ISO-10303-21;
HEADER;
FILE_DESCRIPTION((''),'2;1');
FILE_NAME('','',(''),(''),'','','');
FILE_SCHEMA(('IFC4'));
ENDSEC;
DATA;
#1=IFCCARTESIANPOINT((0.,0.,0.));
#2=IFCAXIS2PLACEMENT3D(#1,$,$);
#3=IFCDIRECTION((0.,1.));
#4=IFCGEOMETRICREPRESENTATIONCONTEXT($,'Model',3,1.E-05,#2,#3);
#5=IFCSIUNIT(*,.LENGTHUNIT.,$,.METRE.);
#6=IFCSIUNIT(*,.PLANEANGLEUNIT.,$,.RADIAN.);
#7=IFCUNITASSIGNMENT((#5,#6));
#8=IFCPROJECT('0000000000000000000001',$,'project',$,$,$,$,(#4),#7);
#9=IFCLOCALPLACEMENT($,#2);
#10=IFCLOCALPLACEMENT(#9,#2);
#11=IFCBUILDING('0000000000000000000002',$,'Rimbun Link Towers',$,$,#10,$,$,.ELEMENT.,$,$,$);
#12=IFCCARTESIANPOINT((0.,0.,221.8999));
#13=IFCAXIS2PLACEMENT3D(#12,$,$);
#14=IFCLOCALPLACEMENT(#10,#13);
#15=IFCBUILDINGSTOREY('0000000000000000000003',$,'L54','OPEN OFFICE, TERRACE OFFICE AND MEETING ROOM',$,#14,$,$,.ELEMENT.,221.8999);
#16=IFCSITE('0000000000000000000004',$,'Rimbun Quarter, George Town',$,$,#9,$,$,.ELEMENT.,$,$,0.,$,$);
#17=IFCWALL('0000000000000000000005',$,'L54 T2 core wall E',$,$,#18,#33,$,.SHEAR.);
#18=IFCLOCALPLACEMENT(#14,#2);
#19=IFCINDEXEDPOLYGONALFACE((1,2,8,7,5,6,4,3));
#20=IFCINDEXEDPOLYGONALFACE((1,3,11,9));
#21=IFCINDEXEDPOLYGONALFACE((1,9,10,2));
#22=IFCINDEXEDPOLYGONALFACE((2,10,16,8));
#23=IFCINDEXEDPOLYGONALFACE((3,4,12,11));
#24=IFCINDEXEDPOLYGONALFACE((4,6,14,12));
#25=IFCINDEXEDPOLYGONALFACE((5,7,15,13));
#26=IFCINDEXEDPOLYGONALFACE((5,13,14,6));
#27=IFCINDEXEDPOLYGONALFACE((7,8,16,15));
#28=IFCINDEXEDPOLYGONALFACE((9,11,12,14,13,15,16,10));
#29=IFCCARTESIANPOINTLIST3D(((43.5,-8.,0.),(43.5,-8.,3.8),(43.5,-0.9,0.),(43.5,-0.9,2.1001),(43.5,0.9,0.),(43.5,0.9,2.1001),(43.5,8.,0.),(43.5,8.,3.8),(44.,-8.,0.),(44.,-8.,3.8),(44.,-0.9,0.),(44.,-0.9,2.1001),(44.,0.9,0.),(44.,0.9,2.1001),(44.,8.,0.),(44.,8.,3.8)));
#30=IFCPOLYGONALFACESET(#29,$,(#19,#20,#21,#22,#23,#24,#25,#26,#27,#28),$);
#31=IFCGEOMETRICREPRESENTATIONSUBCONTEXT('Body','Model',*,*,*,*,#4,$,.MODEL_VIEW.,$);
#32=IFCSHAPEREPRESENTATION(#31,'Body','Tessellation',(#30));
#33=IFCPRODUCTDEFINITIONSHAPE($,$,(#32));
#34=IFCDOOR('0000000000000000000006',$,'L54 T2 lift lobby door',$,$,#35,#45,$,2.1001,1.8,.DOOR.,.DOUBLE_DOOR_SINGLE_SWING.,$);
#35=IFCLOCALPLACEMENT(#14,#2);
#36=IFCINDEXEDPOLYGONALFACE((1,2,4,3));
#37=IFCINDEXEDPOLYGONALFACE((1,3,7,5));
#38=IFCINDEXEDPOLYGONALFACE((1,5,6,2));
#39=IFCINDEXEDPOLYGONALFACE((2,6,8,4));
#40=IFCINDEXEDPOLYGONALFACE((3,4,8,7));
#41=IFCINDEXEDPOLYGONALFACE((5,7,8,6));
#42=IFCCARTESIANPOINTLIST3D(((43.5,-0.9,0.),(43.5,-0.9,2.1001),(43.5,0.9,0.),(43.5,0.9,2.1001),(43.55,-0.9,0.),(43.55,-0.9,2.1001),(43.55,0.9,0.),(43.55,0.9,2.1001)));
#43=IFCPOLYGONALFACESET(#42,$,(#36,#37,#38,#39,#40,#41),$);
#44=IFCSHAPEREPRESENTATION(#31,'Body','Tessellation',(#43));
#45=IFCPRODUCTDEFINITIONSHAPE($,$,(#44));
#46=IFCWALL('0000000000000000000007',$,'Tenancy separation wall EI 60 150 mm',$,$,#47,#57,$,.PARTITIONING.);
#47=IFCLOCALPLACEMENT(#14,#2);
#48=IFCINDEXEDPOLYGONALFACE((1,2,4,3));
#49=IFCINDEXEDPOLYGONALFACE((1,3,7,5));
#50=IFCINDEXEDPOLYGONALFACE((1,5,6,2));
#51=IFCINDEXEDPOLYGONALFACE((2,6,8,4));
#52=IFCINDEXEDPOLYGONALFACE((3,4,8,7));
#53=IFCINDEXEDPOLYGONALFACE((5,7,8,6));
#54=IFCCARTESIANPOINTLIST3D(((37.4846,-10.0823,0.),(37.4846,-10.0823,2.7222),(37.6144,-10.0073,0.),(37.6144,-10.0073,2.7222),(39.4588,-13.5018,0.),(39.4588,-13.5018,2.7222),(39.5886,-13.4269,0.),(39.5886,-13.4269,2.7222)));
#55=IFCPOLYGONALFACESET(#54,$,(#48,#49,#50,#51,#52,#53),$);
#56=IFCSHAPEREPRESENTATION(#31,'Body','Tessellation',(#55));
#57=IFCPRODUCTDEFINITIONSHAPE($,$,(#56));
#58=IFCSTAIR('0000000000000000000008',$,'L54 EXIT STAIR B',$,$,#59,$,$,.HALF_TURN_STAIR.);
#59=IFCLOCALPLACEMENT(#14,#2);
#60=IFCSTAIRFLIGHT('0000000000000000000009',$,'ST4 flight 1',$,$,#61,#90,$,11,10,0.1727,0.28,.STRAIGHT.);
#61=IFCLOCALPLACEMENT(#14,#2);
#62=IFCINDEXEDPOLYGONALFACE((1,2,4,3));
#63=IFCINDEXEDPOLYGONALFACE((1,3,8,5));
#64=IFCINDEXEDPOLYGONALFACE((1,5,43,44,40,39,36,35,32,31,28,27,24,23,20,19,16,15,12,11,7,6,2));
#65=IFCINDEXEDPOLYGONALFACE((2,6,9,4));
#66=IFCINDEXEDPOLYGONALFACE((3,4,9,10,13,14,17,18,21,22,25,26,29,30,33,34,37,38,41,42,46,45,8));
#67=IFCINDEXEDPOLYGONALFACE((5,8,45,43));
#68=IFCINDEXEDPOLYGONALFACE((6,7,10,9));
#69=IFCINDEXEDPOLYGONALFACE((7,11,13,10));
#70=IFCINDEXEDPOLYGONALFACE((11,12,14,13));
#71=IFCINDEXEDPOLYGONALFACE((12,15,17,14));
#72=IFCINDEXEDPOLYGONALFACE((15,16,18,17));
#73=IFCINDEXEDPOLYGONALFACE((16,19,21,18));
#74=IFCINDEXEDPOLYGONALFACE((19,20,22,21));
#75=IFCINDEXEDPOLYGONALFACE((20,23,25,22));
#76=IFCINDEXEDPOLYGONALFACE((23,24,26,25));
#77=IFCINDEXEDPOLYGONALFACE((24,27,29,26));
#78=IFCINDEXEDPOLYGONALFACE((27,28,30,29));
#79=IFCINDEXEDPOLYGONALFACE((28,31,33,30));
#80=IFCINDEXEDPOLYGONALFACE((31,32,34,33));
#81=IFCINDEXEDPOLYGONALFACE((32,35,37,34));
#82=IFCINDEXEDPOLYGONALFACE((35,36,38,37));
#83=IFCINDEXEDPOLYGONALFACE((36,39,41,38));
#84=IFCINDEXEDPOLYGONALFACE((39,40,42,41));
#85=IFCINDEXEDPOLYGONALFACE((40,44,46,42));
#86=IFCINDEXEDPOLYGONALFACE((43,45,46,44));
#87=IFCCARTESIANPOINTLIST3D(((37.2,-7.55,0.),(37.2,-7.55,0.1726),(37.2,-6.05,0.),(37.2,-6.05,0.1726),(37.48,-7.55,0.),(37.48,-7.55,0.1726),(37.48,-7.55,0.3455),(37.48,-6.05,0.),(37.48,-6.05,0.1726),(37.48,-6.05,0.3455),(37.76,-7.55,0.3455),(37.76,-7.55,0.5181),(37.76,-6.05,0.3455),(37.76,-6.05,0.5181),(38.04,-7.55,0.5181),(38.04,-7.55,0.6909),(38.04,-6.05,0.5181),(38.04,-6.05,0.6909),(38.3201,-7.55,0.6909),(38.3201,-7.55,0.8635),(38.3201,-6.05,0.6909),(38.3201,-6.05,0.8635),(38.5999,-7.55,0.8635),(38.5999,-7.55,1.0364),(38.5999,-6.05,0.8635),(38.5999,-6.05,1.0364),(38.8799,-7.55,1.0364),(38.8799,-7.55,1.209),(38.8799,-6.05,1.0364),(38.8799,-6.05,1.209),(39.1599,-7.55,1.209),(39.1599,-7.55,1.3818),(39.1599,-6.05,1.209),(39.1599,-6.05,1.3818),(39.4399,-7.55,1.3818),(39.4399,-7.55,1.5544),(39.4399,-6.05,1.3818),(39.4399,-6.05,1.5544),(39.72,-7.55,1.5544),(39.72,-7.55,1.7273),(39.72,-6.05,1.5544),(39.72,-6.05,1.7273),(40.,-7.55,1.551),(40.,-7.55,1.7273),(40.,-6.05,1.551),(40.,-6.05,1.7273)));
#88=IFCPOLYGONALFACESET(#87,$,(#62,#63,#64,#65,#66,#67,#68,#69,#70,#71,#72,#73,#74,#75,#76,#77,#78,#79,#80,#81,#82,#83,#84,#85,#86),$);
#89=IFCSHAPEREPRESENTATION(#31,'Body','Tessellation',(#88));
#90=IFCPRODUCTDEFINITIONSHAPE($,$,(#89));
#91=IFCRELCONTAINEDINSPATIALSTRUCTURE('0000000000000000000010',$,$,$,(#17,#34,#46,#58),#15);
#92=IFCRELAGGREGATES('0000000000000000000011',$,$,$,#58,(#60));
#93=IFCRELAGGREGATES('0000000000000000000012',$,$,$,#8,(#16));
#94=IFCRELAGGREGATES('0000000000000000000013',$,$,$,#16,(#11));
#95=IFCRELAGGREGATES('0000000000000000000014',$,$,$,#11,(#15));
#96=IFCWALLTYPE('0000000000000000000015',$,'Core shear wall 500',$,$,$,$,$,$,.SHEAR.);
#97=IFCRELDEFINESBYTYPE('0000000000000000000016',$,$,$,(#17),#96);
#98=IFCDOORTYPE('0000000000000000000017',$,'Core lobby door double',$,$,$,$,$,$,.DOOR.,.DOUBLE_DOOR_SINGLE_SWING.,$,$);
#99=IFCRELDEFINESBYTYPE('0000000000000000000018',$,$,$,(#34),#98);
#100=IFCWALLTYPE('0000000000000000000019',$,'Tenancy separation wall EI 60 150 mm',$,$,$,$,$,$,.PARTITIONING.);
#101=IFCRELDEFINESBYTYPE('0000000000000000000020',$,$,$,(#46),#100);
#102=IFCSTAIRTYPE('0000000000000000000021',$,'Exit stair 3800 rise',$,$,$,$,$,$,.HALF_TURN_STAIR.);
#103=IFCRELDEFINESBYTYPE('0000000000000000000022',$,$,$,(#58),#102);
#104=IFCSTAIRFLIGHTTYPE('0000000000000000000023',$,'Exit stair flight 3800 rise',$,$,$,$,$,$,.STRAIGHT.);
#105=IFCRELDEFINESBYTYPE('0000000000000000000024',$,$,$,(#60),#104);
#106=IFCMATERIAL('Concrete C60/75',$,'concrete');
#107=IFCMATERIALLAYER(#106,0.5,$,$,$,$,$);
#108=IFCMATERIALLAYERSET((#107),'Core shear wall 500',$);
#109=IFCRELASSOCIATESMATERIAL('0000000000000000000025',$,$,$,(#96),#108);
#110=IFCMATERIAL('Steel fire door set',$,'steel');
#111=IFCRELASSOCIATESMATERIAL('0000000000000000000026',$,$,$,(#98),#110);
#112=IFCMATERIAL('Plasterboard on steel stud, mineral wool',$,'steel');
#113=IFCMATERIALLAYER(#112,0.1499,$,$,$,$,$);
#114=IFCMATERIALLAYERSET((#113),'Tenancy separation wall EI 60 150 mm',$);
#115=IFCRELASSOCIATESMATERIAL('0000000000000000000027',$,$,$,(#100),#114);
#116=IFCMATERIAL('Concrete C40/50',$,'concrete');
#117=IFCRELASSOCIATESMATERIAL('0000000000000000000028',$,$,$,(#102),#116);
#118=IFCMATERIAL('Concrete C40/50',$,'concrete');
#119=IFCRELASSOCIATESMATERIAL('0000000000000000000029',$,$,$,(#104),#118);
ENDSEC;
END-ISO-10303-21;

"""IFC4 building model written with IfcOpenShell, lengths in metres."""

from ifc_helpers import new_model, si_unit, direction, frame, frame_2d, origin, place, context, subcontext, project, spatial, polyline, rectangle, outline, extrude, material, layer, layer_set, type_object, element, fill, aggregate, save


model = new_model("IFC4")

# Units and contexts
model_context = context("Model", 3, precision=1e-05, world=origin(), true_north=direction((0.0, 1.0)))
body_context = subcontext(model_context, "Body", "Model", "MODEL_VIEW")
ifc_project = project(units=[si_unit("LENGTHUNIT", "METRE"), si_unit("PLANEANGLEUNIT", "RADIAN")], contexts=[model_context])

# Site, building, storey
site_placement = place(None, origin())
site = spatial("IfcSite", under=ifc_project, at=site_placement, Name="Rimbun Quarter, George Town", CompositionType="ELEMENT", RefElevation=0.0)
building_placement = place(site_placement, origin())
building = spatial("IfcBuilding", under=site, at=building_placement, Name="Rimbun Link Towers", CompositionType="ELEMENT")
storey_placement = place(building_placement, frame((0.0, 0.0, 221.8999)))
storey = spatial("IfcBuildingStorey", under=building, at=storey_placement, Name="L54", Description="OPEN OFFICE, TERRACE OFFICE AND MEETING ROOM", CompositionType="ELEMENT", Elevation=221.8999)

# Wall, opening, door
ifc_material_1 = material(Name="Concrete C60/75", Category="concrete")
ifc_layer_1 = layer(ifc_material_1, 0.5)
ifc_layer_set_1 = layer_set([ifc_layer_1], Name="Core shear wall 500")
wall_type_1 = type_object("IfcWallType", Name="Core shear wall 500", PredefinedType="SHEAR", material=ifc_layer_set_1)
wall_1_placement = place(storey_placement, frame((43.75, -8.0, 0.0), z_axis=(0.0, 0.0, 1.0), x_axis=(0.0, 1.0, 0.0)))
wall_1 = element("IfcWall", 1, at=wall_1_placement, inside=storey, type_object=wall_type_1, Name="L54 T2 core wall E", PredefinedType="SHEAR", context=body_context, shape_type="SweptSolid", body=[
    extrude(rectangle(XDim=16.0, YDim=0.5, at=frame_2d((8.0, 0.0))), origin(), (0.0, 0.0, 1.0), 3.8),
])
opening_1_placement = place(wall_1_placement, frame((7.1001, 0.0, 0.0)))
opening_1 = element("IfcOpeningElement", 2, at=opening_1_placement, cuts=wall_1, PredefinedType="OPENING", context=body_context, shape_type="SweptSolid", body=[
    extrude(rectangle(XDim=1.8, YDim=2.1001, at=frame_2d((0.8999, 1.05))), frame((0.0, 0.26, 0.0), z_axis=(0.0, -1.0, 0.0), x_axis=(1.0, 0.0, 0.0)), (0.0, 0.0, 1.0), 0.52),
])
ifc_material_2 = material(Name="Steel fire door set", Category="steel")
door_type = type_object("IfcDoorType", Name="Core lobby door double", OperationType="DOUBLE_DOOR_SINGLE_SWING", PredefinedType="DOOR", material=ifc_material_2)
door_placement = place(opening_1_placement, origin())
door = element("IfcDoor", 3, at=door_placement, inside=storey, type_object=door_type, Name="L54 T2 lift lobby door", OperationType="DOUBLE_DOOR_SINGLE_SWING", OverallHeight=2.1001, OverallWidth=1.8, PredefinedType="DOOR", context=body_context, shape_type="SweptSolid", body=[
    extrude(rectangle(XDim=1.8, YDim=2.1001, at=frame_2d((0.8999, 1.05))), frame((0.0, 0.25, 0.0), z_axis=(0.0, -1.0, 0.0), x_axis=(1.0, 0.0, 0.0)), (0.0, 0.0, 1.0), 0.05),
])
fill(opening_1, door)

# Wall
ifc_material_3 = material(Name="Plasterboard on steel stud, mineral wool", Category="steel")
ifc_layer_2 = layer(ifc_material_3, 0.1499)
ifc_layer_set_2 = layer_set([ifc_layer_2], Name="Tenancy separation wall EI 60 150 mm")
wall_type_2 = type_object("IfcWallType", Name="Tenancy separation wall EI 60 150 mm", PredefinedType="PARTITIONING", material=ifc_layer_set_2)
wall_2_placement = place(storey_placement, frame((37.5496, -10.0449, 0.0), z_axis=(0.0, 0.0, 1.0), x_axis=(0.499983, -0.866035, 0.0)))
element("IfcWall", 4, at=wall_2_placement, inside=storey, type_object=wall_type_2, Name="Tenancy separation wall EI 60 150 mm", PredefinedType="PARTITIONING", context=body_context, shape_type="SweptSolid", body=[
    extrude(rectangle(XDim=3.9485, YDim=0.1499, at=frame_2d((1.9741, 0.0))), origin(), (0.0, 0.0, 1.0), 2.7222),
])

# Stair, stair flight
ifc_material_4 = material(Name="Concrete C40/50", Category="concrete")
stair_type = type_object("IfcStairType", Name="Exit stair 3800 rise", PredefinedType="HALF_TURN_STAIR", material=ifc_material_4)
stair_placement = place(storey_placement, origin())
stair = element("IfcStair", 5, at=stair_placement, inside=storey, type_object=stair_type, Name="L54 EXIT STAIR B", PredefinedType="HALF_TURN_STAIR")
ifc_material_5 = material(Name="Concrete C40/50", Category="concrete")
stair_flight_type = type_object("IfcStairFlightType", Name="Exit stair flight 3800 rise", PredefinedType="STRAIGHT", material=ifc_material_5)
stair_flight_placement = place(storey_placement, frame((37.2, -6.8, 0.0), z_axis=(0.0, 0.0, 1.0), x_axis=(1.0, 0.0, 0.0)))
stair_flight = element("IfcStairFlight", 6, at=stair_flight_placement, type_object=stair_flight_type, Name="ST4 flight 1", NumberOfRisers=11, NumberOfTreads=10, PredefinedType="STRAIGHT", RiserHeight=0.1727, TreadLength=0.28, context=body_context, shape_type="SweptSolid", body=[
    extrude(outline(polyline([(0.0, 0.0), (0.0, 0.1726), (0.28, 0.1726), (0.28, 0.3455), (0.5601, 0.3455), (0.5601, 0.5181), (0.8401, 0.5181), (0.8401, 0.6909), (1.1201, 0.6909), (1.1201, 0.8635), (1.3999, 0.8635), (1.3999, 1.0364), (1.6799, 1.0364), (1.6799, 1.209), (1.96, 1.209), (1.96, 1.3818), (2.24, 1.3818), (2.24, 1.5544), (2.52, 1.5544), (2.52, 1.7273), (2.8, 1.7273), (2.8, 1.8999), (2.8, 1.551), (0.28, 0.0), (0.0, 0.0)])), frame((0.0, 0.75, 0.0), z_axis=(0.0, -1.0, 0.0), x_axis=(1.0, 0.0, 0.0)), (0.0, 0.0, 1.0), 1.5),
])
aggregate(stair, [stair_flight])

save(model, "model.ifc")
